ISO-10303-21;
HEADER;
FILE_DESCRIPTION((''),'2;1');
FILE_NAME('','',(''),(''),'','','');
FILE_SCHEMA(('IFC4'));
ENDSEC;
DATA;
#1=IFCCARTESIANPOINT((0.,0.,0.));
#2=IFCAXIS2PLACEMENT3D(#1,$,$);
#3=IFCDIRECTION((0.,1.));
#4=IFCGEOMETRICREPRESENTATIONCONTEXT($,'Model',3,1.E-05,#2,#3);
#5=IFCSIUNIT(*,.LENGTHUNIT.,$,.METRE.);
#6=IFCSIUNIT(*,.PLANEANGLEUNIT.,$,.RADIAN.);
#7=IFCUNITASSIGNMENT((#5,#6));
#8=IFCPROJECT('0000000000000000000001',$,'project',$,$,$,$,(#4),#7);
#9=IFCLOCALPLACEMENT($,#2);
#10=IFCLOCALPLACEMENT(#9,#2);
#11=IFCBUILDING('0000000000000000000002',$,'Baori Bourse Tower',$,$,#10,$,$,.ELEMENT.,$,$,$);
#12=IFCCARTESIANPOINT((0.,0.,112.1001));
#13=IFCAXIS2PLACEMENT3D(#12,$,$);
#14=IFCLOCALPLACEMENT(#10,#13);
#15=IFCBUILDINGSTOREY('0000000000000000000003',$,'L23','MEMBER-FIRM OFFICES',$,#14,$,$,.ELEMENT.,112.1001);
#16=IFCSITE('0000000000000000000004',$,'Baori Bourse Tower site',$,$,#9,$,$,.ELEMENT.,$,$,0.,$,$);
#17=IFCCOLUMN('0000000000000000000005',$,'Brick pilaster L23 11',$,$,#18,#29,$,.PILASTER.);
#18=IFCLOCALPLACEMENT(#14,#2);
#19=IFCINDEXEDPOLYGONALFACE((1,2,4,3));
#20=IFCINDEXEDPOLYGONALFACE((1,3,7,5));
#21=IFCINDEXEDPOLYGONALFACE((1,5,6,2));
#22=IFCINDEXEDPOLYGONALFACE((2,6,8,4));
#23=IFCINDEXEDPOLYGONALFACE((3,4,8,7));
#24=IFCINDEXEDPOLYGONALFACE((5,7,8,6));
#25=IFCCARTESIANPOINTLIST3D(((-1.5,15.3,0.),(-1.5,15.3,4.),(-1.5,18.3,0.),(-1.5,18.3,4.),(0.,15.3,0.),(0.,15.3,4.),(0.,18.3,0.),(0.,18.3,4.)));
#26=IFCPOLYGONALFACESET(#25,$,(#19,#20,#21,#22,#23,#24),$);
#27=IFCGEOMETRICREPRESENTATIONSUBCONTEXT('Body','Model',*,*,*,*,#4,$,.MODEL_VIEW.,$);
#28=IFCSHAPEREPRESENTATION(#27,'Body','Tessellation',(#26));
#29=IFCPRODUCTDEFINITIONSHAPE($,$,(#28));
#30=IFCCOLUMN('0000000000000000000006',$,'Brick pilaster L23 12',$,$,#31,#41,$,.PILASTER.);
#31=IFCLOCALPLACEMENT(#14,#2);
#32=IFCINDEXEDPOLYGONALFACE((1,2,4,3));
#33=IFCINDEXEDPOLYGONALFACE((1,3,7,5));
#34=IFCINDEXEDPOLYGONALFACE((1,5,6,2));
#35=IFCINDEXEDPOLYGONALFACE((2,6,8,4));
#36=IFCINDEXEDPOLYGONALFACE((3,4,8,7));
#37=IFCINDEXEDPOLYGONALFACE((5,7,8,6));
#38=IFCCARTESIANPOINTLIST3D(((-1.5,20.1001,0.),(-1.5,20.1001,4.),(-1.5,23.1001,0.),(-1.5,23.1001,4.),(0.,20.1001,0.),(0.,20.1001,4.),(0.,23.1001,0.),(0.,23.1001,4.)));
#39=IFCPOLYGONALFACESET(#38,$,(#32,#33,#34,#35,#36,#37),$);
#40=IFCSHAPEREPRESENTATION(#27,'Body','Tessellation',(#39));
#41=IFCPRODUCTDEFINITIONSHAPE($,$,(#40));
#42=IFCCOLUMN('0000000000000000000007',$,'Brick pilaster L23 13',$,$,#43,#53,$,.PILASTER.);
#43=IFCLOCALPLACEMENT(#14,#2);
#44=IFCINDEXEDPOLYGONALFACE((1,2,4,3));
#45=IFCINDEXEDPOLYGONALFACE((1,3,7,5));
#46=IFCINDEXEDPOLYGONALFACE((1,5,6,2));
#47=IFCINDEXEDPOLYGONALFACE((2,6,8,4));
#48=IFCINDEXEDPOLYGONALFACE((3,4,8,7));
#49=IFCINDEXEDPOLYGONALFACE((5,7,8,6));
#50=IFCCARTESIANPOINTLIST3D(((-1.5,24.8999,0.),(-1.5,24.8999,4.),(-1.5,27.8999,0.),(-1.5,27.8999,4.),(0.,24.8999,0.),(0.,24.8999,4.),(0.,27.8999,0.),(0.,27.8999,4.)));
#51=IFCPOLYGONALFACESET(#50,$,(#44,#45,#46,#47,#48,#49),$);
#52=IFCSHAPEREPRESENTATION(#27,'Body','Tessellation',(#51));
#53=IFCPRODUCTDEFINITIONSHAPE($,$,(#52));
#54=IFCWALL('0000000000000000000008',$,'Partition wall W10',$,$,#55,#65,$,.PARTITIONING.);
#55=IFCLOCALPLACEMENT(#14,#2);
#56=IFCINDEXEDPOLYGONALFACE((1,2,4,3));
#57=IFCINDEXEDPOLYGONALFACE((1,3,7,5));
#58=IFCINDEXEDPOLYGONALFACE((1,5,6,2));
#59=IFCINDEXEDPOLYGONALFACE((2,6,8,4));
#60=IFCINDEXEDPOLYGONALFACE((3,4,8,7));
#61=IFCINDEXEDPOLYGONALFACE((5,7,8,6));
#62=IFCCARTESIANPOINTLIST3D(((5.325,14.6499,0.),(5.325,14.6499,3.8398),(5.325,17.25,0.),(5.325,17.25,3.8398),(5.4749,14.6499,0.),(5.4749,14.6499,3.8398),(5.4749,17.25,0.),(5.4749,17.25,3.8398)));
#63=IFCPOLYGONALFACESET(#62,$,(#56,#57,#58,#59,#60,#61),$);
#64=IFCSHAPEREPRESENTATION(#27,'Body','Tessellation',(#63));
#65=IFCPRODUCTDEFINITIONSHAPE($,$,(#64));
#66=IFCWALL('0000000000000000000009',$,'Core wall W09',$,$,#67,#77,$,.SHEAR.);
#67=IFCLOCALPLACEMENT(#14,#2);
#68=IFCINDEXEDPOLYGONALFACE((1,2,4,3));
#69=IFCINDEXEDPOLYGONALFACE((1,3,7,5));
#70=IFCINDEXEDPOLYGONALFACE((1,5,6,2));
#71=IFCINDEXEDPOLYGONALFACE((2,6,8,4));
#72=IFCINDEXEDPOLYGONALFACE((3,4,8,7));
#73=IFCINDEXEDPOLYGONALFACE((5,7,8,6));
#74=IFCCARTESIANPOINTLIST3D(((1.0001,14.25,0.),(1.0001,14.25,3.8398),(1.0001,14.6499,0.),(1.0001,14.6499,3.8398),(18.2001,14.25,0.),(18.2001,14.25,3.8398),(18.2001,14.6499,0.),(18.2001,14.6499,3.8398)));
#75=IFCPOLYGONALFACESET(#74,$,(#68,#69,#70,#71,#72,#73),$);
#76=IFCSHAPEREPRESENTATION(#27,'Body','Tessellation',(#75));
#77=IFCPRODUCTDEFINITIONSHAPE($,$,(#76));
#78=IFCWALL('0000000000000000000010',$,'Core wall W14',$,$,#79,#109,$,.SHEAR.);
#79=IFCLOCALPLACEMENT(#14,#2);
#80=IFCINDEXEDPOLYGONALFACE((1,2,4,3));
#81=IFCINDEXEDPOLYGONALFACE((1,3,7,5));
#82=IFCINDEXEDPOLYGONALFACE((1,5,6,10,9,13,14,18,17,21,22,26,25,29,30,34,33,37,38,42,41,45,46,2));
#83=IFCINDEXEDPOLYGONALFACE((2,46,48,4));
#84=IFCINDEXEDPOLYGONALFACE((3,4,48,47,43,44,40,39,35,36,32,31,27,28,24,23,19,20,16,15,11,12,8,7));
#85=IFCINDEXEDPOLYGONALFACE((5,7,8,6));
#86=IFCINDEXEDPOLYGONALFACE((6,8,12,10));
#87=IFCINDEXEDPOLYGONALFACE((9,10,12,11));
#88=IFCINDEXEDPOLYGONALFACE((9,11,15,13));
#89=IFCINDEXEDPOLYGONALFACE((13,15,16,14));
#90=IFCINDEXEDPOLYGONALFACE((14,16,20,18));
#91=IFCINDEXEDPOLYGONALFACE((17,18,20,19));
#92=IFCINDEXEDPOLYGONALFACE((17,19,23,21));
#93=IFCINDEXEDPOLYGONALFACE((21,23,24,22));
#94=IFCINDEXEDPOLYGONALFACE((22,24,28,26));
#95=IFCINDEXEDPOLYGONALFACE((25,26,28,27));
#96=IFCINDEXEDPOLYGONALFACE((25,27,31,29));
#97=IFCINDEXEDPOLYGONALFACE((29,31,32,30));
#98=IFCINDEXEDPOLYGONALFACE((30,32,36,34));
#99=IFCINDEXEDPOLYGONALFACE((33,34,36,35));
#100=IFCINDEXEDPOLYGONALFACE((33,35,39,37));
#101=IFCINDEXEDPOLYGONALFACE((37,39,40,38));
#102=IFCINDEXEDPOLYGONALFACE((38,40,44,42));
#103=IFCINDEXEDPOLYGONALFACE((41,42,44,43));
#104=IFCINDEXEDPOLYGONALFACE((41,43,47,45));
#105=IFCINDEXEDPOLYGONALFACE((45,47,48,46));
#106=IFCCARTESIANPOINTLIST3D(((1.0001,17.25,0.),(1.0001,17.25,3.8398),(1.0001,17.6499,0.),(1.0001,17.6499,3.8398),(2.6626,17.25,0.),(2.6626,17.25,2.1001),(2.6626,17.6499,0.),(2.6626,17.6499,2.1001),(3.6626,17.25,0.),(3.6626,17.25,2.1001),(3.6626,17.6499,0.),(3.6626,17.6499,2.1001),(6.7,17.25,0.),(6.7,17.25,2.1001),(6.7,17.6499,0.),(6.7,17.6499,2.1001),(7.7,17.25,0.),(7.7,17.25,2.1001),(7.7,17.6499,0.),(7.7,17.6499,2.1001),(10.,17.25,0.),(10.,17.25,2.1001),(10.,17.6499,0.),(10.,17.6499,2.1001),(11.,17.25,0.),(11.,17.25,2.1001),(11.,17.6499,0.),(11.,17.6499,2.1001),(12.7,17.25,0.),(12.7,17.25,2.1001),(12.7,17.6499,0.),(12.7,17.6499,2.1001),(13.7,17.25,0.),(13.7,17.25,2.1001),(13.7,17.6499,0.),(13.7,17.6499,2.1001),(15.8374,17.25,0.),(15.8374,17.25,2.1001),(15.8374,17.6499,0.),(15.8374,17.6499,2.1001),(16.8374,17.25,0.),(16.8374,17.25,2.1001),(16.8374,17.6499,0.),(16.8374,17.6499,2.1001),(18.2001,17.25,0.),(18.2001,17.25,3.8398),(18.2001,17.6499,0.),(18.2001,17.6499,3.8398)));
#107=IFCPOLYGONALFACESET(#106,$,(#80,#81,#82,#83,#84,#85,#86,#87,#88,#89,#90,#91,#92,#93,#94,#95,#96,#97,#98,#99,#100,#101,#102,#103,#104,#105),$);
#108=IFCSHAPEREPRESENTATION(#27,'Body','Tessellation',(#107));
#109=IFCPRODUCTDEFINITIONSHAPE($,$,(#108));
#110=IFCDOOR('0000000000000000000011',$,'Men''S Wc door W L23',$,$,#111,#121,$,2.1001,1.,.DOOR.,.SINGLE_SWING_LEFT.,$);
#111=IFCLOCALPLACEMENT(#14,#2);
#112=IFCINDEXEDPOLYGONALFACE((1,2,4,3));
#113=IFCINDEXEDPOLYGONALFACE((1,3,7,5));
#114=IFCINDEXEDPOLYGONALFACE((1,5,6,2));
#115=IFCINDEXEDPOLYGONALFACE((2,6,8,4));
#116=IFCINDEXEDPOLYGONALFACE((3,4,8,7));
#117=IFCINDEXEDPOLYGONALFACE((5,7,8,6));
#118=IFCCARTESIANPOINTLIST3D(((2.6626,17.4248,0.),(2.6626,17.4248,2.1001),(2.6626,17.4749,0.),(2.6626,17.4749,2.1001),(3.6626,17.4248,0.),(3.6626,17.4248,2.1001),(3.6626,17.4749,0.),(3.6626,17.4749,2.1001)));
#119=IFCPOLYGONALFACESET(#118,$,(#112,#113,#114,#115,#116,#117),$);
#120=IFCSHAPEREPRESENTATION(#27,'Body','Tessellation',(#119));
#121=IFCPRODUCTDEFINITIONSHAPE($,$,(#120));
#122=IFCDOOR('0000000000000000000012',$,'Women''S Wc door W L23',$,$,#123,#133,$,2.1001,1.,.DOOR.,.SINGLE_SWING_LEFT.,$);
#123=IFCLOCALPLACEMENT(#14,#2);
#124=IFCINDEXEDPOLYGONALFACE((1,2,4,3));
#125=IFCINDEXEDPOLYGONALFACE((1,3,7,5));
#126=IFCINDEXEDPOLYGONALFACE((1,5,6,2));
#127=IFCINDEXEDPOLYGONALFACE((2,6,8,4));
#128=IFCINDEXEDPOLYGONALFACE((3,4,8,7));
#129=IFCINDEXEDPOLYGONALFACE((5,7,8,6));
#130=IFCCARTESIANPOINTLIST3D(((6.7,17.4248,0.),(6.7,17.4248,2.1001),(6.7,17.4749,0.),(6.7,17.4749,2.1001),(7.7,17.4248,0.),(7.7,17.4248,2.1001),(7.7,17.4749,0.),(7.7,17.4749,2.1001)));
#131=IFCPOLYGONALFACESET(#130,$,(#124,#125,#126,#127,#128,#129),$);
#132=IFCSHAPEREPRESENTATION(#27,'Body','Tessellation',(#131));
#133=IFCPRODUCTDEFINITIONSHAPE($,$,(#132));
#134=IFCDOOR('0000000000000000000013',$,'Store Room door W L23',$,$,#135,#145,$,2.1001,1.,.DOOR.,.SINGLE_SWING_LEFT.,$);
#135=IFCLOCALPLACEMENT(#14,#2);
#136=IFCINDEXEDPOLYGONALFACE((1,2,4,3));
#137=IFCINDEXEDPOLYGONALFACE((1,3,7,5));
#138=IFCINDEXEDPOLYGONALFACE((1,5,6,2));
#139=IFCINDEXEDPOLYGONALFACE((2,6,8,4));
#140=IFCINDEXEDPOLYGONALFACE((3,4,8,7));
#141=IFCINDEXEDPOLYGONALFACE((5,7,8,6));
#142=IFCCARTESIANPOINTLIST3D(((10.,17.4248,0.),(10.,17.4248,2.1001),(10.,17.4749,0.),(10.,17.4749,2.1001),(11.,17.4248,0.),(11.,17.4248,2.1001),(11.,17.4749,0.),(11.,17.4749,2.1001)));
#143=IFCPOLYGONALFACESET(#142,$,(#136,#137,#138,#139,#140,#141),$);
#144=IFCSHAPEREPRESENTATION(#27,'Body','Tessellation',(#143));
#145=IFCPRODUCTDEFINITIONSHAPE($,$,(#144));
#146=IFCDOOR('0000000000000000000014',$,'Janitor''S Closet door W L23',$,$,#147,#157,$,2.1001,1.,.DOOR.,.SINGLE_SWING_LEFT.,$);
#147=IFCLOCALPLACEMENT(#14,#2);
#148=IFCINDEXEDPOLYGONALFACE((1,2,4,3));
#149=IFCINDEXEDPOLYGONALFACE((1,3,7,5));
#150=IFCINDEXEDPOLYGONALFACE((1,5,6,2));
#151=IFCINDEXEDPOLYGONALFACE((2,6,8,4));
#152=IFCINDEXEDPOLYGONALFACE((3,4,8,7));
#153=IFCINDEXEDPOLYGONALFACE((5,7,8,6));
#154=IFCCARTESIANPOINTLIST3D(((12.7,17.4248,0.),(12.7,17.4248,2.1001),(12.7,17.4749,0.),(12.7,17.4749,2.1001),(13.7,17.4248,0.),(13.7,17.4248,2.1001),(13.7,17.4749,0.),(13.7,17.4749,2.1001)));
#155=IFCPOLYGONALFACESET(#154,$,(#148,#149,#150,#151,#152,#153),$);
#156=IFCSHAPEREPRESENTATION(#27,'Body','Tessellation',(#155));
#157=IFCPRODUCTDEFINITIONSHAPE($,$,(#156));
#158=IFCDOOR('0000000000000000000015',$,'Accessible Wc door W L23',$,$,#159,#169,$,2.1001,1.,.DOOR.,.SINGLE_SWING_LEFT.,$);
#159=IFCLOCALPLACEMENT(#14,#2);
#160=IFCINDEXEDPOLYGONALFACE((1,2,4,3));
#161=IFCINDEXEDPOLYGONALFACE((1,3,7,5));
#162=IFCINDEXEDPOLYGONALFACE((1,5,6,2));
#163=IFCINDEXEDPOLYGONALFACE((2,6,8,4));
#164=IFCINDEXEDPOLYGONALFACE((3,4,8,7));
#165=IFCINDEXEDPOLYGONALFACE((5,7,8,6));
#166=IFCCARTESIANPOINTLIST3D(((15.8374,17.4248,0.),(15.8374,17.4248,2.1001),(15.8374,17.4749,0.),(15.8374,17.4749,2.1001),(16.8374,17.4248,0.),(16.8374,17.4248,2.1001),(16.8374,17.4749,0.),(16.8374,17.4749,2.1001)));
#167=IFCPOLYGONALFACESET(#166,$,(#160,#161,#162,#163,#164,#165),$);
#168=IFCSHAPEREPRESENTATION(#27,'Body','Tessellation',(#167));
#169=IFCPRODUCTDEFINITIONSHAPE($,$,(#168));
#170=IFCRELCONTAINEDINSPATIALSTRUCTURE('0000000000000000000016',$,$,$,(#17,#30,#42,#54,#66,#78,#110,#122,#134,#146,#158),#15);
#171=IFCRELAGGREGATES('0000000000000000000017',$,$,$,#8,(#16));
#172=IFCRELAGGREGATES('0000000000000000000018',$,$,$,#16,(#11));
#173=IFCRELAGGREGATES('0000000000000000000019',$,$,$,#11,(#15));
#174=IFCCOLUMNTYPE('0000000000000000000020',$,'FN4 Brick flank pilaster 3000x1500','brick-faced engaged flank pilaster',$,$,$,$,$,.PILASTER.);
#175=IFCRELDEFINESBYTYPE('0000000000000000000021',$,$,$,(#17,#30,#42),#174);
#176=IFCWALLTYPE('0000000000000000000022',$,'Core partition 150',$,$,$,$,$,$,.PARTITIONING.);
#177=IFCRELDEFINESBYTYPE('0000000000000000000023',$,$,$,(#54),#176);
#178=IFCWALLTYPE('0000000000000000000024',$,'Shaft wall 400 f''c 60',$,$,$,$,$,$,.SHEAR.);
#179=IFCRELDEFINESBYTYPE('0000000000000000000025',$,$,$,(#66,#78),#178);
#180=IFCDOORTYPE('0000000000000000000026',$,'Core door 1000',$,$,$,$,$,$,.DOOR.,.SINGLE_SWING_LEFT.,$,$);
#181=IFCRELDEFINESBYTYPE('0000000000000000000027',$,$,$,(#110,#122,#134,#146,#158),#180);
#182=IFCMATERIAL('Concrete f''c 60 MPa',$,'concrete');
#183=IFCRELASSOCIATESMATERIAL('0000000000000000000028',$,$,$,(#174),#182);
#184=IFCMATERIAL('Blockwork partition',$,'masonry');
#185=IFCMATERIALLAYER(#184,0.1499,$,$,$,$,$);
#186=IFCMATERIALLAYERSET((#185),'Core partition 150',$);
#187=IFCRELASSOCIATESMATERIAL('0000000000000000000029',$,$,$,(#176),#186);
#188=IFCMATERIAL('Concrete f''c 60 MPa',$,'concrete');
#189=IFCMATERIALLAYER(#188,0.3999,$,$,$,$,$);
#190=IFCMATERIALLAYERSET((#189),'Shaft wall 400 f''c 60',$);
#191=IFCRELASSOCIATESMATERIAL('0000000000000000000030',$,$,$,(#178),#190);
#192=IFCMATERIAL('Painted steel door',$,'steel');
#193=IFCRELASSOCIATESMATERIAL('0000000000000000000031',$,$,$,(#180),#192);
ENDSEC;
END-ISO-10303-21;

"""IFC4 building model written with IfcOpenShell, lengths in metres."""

from ifc_helpers import new_model, si_unit, direction, frame, frame_2d, origin, origin_2d, place, context, subcontext, project, spatial, rectangle, extrude, material, layer, layer_set, material_profile, profile_set, type_object, element, fill, save


model = new_model("IFC4")

# Units and contexts
model_context = context("Model", 3, precision=1e-05, world=origin(), true_north=direction((0.0, 1.0)))
body_context = subcontext(model_context, "Body", "Model", "MODEL_VIEW")
ifc_project = project(units=[si_unit("LENGTHUNIT", "METRE"), si_unit("PLANEANGLEUNIT", "RADIAN")], contexts=[model_context])

# Site, building, storey
site_placement = place(None, origin())
site = spatial("IfcSite", under=ifc_project, at=site_placement, Name="Baori Bourse Tower site", CompositionType="ELEMENT", RefElevation=0.0)
building_placement = place(site_placement, origin())
building = spatial("IfcBuilding", under=site, at=building_placement, Name="Baori Bourse Tower", CompositionType="ELEMENT")
storey_placement = place(building_placement, frame((0.0, 0.0, 112.1001)))
storey = spatial("IfcBuildingStorey", under=building, at=storey_placement, Name="L23", Description="MEMBER-FIRM OFFICES", CompositionType="ELEMENT", Elevation=112.1001)

# Columns
ifc_material_1 = material(Name="Concrete f'c 60 MPa", Category="concrete")
ifc_material_profile = material_profile(ifc_material_1, rectangle(XDim=3.0, YDim=1.5, at=origin_2d()), Name="RC 3000x1500")
ifc_profile_set = profile_set([ifc_material_profile], Name="Concrete f'c 60 MPa")
column_type = type_object("IfcColumnType", Name="FN4 Brick flank pilaster 3000x1500", Description="brick-faced engaged flank pilaster", PredefinedType="PILASTER", material=ifc_profile_set)
for number, where, z_axis, x_axis, name in (
    (1, (-0.75, 16.8, 0.0), (0.0, 0.0, 1.0), (0.0, 1.0, 0.0), "Brick pilaster L23 11"),
    (2, (-0.75, 21.6001, 0.0), (0.0, 0.0, 1.0), (0.0, 1.0, 0.0), "Brick pilaster L23 12"),
    (3, (-0.75, 26.3999, 0.0), (0.0, 0.0, 1.0), (0.0, 1.0, 0.0), "Brick pilaster L23 13"),
):
    element("IfcColumn", number, at=place(storey_placement, frame(where, z_axis=z_axis, x_axis=x_axis)), inside=storey, type_object=column_type, Name=name, PredefinedType="PILASTER", context=body_context, shape_type="SweptSolid", body=[
        extrude(rectangle(XDim=3.0, YDim=1.5, at=origin_2d()), origin(), (0.0, 0.0, 1.0), 4.0),
    ])

# Walls
ifc_material_2 = material(Name="Blockwork partition", Category="masonry")
ifc_layer_1 = layer(ifc_material_2, 0.1499)
ifc_layer_set_1 = layer_set([ifc_layer_1], Name="Core partition 150")
wall_type_1 = type_object("IfcWallType", Name="Core partition 150", PredefinedType="PARTITIONING", material=ifc_layer_set_1)
wall_1_placement = place(storey_placement, frame((5.3999, 14.6499, 0.0), z_axis=(0.0, 0.0, 1.0), x_axis=(0.0, 1.0, 0.0)))
element("IfcWall", 4, at=wall_1_placement, inside=storey, type_object=wall_type_1, Name="Partition wall W10", PredefinedType="PARTITIONING", context=body_context, shape_type="SweptSolid", body=[
    extrude(rectangle(XDim=2.6001, YDim=0.1499, at=frame_2d((1.3, 0.0))), origin(), (0.0, 0.0, 1.0), 3.8398),
])
ifc_material_3 = material(Name="Concrete f'c 60 MPa", Category="concrete")
ifc_layer_2 = layer(ifc_material_3, 0.3999)
ifc_layer_set_2 = layer_set([ifc_layer_2], Name="Shaft wall 400 f'c 60")
wall_type_2 = type_object("IfcWallType", Name="Shaft wall 400 f'c 60", PredefinedType="SHEAR", material=ifc_layer_set_2)
wall_2_placement = place(storey_placement, frame((1.0, 14.45, 0.0), z_axis=(0.0, 0.0, 1.0), x_axis=(1.0, 0.0, 0.0)))
element("IfcWall", 5, at=wall_2_placement, inside=storey, type_object=wall_type_2, Name="Core wall W09", PredefinedType="SHEAR", context=body_context, shape_type="SweptSolid", body=[
    extrude(rectangle(XDim=17.2, YDim=0.3999, at=frame_2d((8.6001, 0.0))), origin(), (0.0, 0.0, 1.0), 3.8398),
])

# Wall, openings, doors
wall_3_placement = place(storey_placement, frame((1.0, 17.45, 0.0), z_axis=(0.0, 0.0, 1.0), x_axis=(1.0, 0.0, 0.0)))
wall_3 = element("IfcWall", 6, at=wall_3_placement, inside=storey, type_object=wall_type_2, Name="Core wall W14", PredefinedType="SHEAR", context=body_context, shape_type="SweptSolid", body=[
    extrude(rectangle(XDim=17.2, YDim=0.3999, at=frame_2d((8.6001, 0.0))), origin(), (0.0, 0.0, 1.0), 3.8398),
])
opening_1_placement = place(wall_3_placement, frame((1.6626, 0.0, 0.0)))
opening_1 = element("IfcOpeningElement", 7, at=opening_1_placement, cuts=wall_3, PredefinedType="OPENING", context=body_context, shape_type="SweptSolid", body=[
    extrude(rectangle(XDim=1.0, YDim=2.1001, at=frame_2d((0.5, 1.05))), frame((0.0, 0.21, 0.0), z_axis=(0.0, -1.0, 0.0), x_axis=(1.0, 0.0, 0.0)), (0.0, 0.0, 1.0), 0.4199),
])
opening_2_placement = place(wall_3_placement, frame((5.7, 0.0, 0.0)))
opening_2 = element("IfcOpeningElement", 8, at=opening_2_placement, cuts=wall_3, PredefinedType="OPENING", context=body_context, shape_type="SweptSolid", body=[
    extrude(rectangle(XDim=1.0, YDim=2.1001, at=frame_2d((0.5, 1.05))), frame((0.0, 0.21, 0.0), z_axis=(0.0, -1.0, 0.0), x_axis=(1.0, 0.0, 0.0)), (0.0, 0.0, 1.0), 0.4199),
])
opening_3_placement = place(wall_3_placement, frame((9.0, 0.0, 0.0)))
opening_3 = element("IfcOpeningElement", 9, at=opening_3_placement, cuts=wall_3, PredefinedType="OPENING", context=body_context, shape_type="SweptSolid", body=[
    extrude(rectangle(XDim=1.0, YDim=2.1001, at=frame_2d((0.5, 1.05))), frame((0.0, 0.21, 0.0), z_axis=(0.0, -1.0, 0.0), x_axis=(1.0, 0.0, 0.0)), (0.0, 0.0, 1.0), 0.4199),
])
opening_4_placement = place(wall_3_placement, frame((11.7, 0.0, 0.0)))
opening_4 = element("IfcOpeningElement", 10, at=opening_4_placement, cuts=wall_3, PredefinedType="OPENING", context=body_context, shape_type="SweptSolid", body=[
    extrude(rectangle(XDim=1.0, YDim=2.1001, at=frame_2d((0.5, 1.05))), frame((0.0, 0.21, 0.0), z_axis=(0.0, -1.0, 0.0), x_axis=(1.0, 0.0, 0.0)), (0.0, 0.0, 1.0), 0.4199),
])
opening_5_placement = place(wall_3_placement, frame((14.8374, 0.0, 0.0)))
opening_5 = element("IfcOpeningElement", 11, at=opening_5_placement, cuts=wall_3, PredefinedType="OPENING", context=body_context, shape_type="SweptSolid", body=[
    extrude(rectangle(XDim=1.0, YDim=2.1001, at=frame_2d((0.5, 1.05))), frame((0.0, 0.21, 0.0), z_axis=(0.0, -1.0, 0.0), x_axis=(1.0, 0.0, 0.0)), (0.0, 0.0, 1.0), 0.4199),
])
ifc_material_4 = material(Name="Painted steel door", Category="steel")
door_type_1 = type_object("IfcDoorType", Name="Core door 1000", OperationType="SINGLE_SWING_LEFT", PredefinedType="DOOR", material=ifc_material_4)
door_1_placement = place(opening_1_placement, origin())
door_1 = element("IfcDoor", 12, at=door_1_placement, inside=storey, type_object=door_type_1, Name="Men'S Wc door W L23", OperationType="SINGLE_SWING_LEFT", OverallHeight=2.1001, OverallWidth=1.0, PredefinedType="DOOR", context=body_context, shape_type="SweptSolid", body=[
    extrude(rectangle(XDim=1.0, YDim=2.1001, at=frame_2d((0.5, 1.05))), frame((0.0, 0.0249, 0.0), z_axis=(0.0, -1.0, 0.0), x_axis=(1.0, 0.0, 0.0)), (0.0, 0.0, 1.0), 0.05),
])
fill(opening_1, door_1)
door_2_placement = place(opening_2_placement, origin())
door_2 = element("IfcDoor", 13, at=door_2_placement, inside=storey, type_object=door_type_1, Name="Women'S Wc door W L23", OperationType="SINGLE_SWING_LEFT", OverallHeight=2.1001, OverallWidth=1.0, PredefinedType="DOOR", context=body_context, shape_type="SweptSolid", body=[
    extrude(rectangle(XDim=1.0, YDim=2.1001, at=frame_2d((0.5, 1.05))), frame((0.0, 0.0249, 0.0), z_axis=(0.0, -1.0, 0.0), x_axis=(1.0, 0.0, 0.0)), (0.0, 0.0, 1.0), 0.05),
])
fill(opening_2, door_2)
door_3_placement = place(opening_3_placement, origin())
door_3 = element("IfcDoor", 14, at=door_3_placement, inside=storey, type_object=door_type_1, Name="Store Room door W L23", OperationType="SINGLE_SWING_LEFT", OverallHeight=2.1001, OverallWidth=1.0, PredefinedType="DOOR", context=body_context, shape_type="SweptSolid", body=[
    extrude(rectangle(XDim=1.0, YDim=2.1001, at=frame_2d((0.5, 1.05))), frame((0.0, 0.0249, 0.0), z_axis=(0.0, -1.0, 0.0), x_axis=(1.0, 0.0, 0.0)), (0.0, 0.0, 1.0), 0.05),
])
fill(opening_3, door_3)
door_4_placement = place(opening_4_placement, origin())
door_4 = element("IfcDoor", 15, at=door_4_placement, inside=storey, type_object=door_type_1, Name="Janitor'S Closet door W L23", OperationType="SINGLE_SWING_LEFT", OverallHeight=2.1001, OverallWidth=1.0, PredefinedType="DOOR", context=body_context, shape_type="SweptSolid", body=[
    extrude(rectangle(XDim=1.0, YDim=2.1001, at=frame_2d((0.5, 1.05))), frame((0.0, 0.0249, 0.0), z_axis=(0.0, -1.0, 0.0), x_axis=(1.0, 0.0, 0.0)), (0.0, 0.0, 1.0), 0.05),
])
fill(opening_4, door_4)
door_5_placement = place(opening_5_placement, origin())
door_5 = element("IfcDoor", 16, at=door_5_placement, inside=storey, type_object=door_type_1, Name="Accessible Wc door W L23", OperationType="SINGLE_SWING_LEFT", OverallHeight=2.1001, OverallWidth=1.0, PredefinedType="DOOR", context=body_context, shape_type="SweptSolid", body=[
    extrude(rectangle(XDim=1.0, YDim=2.1001, at=frame_2d((0.5, 1.05))), frame((0.0, 0.0249, 0.0), z_axis=(0.0, -1.0, 0.0), x_axis=(1.0, 0.0, 0.0)), (0.0, 0.0, 1.0), 0.05),
])
fill(opening_5, door_5)

save(model, "model.ifc")
